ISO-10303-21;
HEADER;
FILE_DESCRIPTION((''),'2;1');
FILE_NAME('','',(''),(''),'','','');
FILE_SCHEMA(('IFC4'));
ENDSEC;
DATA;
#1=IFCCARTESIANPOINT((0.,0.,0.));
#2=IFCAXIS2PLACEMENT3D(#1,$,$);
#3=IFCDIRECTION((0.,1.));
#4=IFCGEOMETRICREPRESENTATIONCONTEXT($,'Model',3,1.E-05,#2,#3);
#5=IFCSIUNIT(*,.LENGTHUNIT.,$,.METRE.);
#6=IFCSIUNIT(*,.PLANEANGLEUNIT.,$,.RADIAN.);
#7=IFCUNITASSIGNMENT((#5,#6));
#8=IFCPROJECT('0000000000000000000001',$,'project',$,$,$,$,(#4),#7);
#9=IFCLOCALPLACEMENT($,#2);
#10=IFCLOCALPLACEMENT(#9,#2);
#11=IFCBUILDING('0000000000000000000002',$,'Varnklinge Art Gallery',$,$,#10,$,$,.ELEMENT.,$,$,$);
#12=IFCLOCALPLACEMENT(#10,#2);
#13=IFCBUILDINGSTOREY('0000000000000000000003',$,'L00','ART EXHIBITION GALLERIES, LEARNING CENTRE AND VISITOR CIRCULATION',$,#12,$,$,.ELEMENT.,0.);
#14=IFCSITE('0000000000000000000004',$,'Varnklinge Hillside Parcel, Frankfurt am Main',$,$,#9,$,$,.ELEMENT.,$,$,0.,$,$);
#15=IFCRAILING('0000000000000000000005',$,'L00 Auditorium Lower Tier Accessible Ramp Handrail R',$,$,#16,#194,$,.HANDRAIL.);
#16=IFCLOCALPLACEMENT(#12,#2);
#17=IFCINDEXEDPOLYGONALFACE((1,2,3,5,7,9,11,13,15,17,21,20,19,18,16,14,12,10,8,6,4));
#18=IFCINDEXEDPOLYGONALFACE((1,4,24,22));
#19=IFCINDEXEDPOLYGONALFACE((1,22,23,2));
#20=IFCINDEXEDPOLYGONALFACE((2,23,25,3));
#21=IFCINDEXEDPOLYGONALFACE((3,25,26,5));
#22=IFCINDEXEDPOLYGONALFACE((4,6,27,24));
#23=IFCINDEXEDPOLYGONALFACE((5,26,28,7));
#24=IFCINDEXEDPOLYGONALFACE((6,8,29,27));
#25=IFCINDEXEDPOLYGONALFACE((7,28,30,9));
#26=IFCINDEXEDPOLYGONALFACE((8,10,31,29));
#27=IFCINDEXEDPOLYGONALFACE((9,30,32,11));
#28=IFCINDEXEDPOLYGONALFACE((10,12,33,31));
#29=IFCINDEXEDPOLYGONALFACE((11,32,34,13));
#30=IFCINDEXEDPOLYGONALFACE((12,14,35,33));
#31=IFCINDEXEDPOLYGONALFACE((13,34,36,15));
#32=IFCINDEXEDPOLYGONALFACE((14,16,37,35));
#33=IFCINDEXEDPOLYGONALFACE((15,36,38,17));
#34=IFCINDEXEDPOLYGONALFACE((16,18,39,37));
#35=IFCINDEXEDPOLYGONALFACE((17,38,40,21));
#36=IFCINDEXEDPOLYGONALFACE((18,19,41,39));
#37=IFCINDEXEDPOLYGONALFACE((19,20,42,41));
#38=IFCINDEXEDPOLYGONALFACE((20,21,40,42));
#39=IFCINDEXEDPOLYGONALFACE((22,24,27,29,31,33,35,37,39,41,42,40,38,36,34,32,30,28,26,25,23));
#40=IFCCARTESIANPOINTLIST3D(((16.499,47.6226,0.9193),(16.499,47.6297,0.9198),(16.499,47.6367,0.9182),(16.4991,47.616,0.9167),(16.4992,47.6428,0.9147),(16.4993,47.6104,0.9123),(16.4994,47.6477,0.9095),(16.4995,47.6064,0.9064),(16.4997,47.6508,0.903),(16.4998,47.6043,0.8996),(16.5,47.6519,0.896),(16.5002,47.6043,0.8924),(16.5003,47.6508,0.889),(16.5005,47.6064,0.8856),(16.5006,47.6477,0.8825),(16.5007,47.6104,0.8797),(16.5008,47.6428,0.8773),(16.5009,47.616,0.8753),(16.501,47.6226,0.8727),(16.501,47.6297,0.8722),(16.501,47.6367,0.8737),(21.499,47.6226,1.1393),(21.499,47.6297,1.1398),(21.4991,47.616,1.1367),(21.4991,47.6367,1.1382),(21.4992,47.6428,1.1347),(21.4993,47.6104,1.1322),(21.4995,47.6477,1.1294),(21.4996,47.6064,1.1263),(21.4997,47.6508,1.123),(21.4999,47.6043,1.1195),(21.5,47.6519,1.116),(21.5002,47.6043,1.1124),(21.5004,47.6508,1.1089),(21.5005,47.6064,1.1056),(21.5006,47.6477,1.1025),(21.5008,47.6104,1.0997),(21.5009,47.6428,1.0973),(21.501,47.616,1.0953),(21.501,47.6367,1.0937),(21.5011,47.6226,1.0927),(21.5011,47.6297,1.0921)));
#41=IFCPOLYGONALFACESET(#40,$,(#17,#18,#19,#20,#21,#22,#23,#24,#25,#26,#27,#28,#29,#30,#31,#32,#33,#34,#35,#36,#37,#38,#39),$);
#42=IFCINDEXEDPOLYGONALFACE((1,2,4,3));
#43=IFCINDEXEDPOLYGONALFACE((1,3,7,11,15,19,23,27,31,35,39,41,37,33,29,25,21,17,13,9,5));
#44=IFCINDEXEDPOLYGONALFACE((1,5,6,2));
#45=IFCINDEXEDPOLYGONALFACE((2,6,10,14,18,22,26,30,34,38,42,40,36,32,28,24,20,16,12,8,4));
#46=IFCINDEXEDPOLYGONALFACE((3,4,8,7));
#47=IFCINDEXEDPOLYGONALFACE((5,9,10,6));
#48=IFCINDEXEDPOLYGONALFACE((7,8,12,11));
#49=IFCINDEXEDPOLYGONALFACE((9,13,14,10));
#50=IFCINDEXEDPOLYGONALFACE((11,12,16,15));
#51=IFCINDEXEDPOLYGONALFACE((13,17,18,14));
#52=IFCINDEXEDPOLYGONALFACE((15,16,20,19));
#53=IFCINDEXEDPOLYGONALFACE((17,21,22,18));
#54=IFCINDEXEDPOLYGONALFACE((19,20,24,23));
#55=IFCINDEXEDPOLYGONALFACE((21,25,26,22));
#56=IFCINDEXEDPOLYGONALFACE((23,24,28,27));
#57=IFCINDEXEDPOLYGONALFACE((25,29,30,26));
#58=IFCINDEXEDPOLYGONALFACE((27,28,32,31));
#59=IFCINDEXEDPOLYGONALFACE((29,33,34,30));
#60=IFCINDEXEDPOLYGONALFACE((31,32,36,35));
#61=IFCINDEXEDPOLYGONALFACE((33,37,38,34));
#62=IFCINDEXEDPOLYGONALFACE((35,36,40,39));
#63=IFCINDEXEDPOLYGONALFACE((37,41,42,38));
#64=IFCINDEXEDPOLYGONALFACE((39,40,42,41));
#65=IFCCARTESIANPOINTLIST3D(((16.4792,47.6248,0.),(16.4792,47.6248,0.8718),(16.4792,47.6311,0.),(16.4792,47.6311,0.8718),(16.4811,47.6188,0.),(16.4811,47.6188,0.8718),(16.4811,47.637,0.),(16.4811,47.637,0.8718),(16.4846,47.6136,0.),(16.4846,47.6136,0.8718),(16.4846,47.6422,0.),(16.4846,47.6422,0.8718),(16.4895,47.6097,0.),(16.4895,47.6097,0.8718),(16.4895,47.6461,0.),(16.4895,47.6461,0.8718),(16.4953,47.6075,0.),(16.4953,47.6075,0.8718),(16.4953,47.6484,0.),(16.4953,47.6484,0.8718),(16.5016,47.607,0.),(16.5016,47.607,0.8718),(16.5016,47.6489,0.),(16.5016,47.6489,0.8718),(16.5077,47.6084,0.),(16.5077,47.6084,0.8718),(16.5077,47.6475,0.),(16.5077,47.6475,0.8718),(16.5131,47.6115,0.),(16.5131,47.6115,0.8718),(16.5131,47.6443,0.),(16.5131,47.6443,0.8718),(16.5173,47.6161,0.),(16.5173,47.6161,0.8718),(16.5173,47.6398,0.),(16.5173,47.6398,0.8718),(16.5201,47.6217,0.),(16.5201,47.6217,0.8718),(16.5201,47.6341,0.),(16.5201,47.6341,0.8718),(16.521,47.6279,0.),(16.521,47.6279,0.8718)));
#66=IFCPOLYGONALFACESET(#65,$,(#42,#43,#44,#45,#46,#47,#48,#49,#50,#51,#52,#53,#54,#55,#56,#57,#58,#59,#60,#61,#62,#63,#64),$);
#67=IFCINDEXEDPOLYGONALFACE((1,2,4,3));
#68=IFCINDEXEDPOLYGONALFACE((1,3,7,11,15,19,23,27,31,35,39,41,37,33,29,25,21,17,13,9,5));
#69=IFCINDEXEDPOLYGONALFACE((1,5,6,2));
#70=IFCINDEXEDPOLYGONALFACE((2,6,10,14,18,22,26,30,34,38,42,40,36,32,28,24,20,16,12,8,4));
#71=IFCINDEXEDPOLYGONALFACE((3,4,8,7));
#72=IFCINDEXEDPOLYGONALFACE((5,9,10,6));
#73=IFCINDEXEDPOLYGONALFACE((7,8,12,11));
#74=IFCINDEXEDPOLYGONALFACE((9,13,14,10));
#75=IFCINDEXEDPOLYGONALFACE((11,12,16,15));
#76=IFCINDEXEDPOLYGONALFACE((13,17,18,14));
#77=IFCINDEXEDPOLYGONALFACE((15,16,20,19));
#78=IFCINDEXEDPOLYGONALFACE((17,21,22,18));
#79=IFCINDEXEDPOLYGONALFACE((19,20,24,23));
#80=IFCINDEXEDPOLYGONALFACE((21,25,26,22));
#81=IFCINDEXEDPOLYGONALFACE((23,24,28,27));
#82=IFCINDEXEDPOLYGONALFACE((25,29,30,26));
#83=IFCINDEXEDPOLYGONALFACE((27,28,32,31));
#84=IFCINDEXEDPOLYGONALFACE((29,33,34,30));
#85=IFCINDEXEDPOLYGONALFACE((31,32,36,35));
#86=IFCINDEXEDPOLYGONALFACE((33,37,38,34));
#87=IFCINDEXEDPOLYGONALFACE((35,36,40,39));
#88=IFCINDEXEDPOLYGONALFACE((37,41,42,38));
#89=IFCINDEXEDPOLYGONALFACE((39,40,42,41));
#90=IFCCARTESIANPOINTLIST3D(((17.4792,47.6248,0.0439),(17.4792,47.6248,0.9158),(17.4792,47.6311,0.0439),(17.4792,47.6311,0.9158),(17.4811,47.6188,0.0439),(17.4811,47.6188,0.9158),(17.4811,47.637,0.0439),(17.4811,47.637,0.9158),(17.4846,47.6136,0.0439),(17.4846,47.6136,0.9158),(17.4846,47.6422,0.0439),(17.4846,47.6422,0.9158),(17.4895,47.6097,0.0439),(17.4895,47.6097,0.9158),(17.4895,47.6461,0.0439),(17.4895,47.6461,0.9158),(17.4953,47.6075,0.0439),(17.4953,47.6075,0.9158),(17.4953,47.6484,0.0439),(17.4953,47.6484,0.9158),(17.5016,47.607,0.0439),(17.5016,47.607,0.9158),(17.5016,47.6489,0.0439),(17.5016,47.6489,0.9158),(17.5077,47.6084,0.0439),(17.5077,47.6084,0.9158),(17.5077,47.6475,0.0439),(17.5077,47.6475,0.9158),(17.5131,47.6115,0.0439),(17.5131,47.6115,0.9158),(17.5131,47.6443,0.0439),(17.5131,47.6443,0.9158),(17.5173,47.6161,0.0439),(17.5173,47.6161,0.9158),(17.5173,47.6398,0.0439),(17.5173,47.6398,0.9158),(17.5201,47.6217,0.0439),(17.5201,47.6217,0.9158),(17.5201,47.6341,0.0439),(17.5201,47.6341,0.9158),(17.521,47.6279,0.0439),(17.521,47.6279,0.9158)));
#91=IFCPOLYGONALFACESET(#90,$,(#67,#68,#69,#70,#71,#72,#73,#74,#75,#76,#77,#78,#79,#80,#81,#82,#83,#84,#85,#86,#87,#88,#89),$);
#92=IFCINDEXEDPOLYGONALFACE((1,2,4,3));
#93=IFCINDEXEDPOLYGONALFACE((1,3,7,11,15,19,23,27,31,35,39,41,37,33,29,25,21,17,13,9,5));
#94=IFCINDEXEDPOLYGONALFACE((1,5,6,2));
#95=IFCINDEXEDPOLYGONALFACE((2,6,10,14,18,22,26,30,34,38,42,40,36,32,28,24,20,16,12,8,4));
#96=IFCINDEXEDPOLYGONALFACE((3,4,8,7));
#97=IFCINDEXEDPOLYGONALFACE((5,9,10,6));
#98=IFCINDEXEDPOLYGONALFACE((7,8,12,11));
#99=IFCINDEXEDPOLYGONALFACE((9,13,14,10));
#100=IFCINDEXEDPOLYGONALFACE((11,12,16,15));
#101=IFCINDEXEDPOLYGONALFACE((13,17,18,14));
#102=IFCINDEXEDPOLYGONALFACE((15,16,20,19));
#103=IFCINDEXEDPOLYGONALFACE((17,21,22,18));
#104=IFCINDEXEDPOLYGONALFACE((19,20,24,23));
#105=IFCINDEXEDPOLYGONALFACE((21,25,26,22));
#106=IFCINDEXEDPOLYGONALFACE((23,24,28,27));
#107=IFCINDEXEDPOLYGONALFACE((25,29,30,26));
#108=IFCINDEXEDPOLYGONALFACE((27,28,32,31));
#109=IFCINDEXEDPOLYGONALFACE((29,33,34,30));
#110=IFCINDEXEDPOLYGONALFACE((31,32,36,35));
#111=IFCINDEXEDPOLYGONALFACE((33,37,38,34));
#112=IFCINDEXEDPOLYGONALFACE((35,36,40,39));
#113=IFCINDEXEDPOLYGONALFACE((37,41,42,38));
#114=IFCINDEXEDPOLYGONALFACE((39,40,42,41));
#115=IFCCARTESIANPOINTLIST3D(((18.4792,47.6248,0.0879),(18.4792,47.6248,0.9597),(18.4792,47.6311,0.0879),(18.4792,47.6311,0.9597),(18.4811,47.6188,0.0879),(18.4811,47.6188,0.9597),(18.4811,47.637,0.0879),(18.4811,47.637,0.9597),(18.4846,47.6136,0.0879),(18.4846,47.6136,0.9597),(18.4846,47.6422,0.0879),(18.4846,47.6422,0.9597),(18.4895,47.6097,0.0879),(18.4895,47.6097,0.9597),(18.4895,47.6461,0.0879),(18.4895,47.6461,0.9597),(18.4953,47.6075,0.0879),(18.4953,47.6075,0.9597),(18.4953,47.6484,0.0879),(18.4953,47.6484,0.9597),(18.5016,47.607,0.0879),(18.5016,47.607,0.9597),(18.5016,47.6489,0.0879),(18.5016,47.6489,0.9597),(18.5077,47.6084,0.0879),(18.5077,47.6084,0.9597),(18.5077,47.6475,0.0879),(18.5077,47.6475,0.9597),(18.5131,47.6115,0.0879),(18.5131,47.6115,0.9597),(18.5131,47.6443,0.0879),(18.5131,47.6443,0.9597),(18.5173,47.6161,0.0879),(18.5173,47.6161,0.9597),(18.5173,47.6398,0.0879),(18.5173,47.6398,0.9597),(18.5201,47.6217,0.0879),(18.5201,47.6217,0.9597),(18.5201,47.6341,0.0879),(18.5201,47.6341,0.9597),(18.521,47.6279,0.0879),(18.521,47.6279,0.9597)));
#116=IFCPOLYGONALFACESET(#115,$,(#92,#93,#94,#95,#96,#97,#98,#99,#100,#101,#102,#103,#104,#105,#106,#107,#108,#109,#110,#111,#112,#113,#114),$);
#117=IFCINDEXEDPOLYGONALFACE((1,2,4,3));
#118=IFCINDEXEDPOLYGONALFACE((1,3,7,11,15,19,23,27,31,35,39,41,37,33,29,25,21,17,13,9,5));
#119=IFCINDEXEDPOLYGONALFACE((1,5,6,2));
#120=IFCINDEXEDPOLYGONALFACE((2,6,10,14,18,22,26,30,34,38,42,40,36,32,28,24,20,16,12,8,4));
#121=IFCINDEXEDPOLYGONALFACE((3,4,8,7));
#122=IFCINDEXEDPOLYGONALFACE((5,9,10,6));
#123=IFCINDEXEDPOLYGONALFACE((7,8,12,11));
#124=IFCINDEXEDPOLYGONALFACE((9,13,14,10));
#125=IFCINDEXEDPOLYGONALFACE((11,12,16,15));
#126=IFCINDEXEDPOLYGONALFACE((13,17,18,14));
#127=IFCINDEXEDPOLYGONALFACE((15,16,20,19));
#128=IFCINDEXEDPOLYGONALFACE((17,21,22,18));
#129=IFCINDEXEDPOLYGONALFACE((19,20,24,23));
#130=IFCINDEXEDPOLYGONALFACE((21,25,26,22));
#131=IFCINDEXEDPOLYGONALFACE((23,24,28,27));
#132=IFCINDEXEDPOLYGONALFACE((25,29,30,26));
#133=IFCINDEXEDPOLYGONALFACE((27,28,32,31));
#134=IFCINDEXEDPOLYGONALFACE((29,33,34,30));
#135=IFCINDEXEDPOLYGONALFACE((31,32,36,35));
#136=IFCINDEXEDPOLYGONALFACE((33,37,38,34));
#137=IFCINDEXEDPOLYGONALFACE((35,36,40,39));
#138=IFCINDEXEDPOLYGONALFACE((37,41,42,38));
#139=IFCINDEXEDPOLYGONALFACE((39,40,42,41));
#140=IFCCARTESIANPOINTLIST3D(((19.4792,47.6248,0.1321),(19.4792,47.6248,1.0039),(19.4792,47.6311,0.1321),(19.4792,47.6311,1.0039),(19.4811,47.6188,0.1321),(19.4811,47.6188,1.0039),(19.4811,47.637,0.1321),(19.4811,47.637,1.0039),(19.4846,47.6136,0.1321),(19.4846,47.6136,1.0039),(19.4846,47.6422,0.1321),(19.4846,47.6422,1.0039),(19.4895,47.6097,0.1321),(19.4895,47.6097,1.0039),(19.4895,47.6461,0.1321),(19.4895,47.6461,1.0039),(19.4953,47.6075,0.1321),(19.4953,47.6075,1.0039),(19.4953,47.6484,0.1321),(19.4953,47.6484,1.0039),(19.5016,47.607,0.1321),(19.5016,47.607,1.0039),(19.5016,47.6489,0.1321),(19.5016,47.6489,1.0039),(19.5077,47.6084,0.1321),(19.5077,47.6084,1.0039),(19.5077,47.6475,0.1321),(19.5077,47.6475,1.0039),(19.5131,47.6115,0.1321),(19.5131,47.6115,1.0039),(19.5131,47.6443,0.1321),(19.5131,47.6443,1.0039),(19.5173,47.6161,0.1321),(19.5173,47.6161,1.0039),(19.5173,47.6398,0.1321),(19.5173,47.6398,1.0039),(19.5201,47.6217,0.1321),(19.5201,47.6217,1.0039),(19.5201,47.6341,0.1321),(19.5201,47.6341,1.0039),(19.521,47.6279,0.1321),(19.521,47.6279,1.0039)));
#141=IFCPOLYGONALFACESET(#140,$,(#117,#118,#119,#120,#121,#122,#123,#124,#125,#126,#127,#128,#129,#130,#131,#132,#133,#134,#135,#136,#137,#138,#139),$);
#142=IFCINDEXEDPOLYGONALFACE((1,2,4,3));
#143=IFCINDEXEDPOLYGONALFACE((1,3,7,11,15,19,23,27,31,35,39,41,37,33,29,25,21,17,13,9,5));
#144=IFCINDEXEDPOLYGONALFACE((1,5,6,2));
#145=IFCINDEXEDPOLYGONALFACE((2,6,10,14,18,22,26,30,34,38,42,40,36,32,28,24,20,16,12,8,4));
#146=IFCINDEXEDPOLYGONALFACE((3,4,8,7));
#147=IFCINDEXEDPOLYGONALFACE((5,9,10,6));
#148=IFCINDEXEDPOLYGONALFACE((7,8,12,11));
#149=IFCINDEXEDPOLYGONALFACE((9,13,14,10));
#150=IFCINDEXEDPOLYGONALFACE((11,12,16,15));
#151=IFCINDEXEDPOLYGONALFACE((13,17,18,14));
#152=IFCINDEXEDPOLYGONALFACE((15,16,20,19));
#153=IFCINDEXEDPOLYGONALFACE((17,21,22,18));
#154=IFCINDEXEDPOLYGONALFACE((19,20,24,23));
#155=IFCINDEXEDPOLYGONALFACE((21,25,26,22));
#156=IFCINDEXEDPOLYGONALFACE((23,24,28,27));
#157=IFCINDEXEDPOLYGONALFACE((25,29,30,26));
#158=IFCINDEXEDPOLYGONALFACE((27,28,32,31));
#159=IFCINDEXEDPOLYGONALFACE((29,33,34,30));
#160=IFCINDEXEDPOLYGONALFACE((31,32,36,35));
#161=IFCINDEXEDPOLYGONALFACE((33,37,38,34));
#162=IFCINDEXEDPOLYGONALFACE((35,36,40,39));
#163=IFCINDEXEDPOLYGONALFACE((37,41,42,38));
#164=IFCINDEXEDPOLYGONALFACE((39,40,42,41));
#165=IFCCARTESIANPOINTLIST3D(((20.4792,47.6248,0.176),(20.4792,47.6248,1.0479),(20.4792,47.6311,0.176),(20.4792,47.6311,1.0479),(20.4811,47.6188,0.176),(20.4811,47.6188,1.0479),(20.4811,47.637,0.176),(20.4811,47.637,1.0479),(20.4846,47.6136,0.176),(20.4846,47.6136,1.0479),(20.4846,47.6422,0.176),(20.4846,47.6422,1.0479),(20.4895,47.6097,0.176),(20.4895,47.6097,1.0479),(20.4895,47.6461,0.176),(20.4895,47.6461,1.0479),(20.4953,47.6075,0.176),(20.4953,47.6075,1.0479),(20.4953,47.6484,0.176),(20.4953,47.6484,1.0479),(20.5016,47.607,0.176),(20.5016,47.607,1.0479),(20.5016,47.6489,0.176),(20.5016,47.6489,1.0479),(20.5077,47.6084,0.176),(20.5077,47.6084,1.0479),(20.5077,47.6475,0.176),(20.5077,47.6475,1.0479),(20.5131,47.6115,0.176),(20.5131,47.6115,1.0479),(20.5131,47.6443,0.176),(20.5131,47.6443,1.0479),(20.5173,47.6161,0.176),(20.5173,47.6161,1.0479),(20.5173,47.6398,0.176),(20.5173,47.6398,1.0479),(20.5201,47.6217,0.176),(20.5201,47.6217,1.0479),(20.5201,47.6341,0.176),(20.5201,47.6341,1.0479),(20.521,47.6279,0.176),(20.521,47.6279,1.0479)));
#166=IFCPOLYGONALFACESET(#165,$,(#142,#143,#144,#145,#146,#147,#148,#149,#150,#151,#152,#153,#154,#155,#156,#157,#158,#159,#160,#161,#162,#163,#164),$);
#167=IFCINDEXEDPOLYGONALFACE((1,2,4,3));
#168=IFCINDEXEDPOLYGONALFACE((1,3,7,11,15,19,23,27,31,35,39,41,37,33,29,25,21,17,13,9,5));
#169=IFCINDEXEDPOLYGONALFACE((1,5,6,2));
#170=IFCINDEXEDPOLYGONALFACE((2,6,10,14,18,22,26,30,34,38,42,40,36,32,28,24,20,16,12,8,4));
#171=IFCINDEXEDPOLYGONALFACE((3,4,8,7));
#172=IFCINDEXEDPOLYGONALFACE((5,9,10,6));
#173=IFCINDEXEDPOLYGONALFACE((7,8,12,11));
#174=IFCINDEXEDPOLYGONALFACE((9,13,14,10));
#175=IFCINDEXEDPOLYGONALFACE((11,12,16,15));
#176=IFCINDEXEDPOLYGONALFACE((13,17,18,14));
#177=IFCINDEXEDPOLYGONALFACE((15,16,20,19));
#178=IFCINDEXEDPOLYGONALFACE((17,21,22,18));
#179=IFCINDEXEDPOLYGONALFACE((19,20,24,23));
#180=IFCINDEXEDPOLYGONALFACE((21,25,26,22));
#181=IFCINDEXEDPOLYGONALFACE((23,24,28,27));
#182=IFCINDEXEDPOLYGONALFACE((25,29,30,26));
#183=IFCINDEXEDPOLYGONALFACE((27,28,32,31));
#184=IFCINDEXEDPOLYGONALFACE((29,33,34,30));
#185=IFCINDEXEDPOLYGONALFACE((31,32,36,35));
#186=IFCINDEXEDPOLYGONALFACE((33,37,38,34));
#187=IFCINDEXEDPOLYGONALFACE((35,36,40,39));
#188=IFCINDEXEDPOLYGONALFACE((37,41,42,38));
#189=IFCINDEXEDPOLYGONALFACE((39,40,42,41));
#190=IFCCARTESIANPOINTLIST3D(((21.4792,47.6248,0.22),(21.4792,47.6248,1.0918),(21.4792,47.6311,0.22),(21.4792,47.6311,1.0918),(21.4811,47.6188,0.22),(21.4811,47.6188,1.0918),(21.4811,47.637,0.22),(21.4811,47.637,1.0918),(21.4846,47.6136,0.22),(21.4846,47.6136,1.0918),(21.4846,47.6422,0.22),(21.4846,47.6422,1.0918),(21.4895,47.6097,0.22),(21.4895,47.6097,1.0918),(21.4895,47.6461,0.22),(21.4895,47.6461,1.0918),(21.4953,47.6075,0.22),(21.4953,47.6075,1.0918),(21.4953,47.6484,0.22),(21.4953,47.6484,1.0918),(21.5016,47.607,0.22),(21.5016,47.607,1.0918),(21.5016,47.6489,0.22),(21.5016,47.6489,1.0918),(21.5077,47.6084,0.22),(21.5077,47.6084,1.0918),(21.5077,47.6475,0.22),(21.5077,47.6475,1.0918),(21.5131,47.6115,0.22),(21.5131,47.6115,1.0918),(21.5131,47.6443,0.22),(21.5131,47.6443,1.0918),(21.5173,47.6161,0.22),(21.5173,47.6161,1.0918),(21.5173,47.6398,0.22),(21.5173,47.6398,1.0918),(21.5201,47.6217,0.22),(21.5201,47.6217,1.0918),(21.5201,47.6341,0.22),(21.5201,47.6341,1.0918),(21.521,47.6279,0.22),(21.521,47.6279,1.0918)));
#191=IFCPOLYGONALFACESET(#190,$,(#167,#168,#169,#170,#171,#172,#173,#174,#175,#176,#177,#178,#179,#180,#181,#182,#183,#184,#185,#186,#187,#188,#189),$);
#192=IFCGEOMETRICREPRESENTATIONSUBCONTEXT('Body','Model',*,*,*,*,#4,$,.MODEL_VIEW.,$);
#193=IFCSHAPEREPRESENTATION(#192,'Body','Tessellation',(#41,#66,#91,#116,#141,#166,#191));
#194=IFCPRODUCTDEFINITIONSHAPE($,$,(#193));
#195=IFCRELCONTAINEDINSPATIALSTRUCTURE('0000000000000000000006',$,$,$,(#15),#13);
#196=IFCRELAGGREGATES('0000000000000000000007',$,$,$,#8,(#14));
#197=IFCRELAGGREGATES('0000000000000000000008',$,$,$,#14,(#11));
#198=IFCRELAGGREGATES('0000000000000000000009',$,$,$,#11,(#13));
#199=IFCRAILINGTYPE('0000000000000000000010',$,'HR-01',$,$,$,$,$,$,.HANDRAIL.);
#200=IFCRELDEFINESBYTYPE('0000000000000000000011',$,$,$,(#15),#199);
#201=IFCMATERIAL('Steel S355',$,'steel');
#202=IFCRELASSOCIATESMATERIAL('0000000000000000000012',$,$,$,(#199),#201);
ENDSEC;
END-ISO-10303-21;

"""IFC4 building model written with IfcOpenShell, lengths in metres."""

from ifc_helpers import new_model, si_unit, direction, frame, origin, origin_2d, place, context, subcontext, project, spatial, circle, extrude, material, type_object, element, save


model = new_model("IFC4")

# Units and contexts
model_context = context("Model", 3, precision=1e-05, world=origin(), true_north=direction((0.0, 1.0)))
body_context = subcontext(model_context, "Body", "Model", "MODEL_VIEW")
ifc_project = project(units=[si_unit("LENGTHUNIT", "METRE"), si_unit("PLANEANGLEUNIT", "RADIAN")], contexts=[model_context])

# Site, building, storey
site_placement = place(None, origin())
site = spatial("IfcSite", under=ifc_project, at=site_placement, Name="Varnklinge Hillside Parcel, Frankfurt am Main", CompositionType="ELEMENT", RefElevation=0.0)
building_placement = place(site_placement, origin())
building = spatial("IfcBuilding", under=site, at=building_placement, Name="Varnklinge Art Gallery", CompositionType="ELEMENT")
storey_placement = place(building_placement, origin())
storey = spatial("IfcBuildingStorey", under=building, at=storey_placement, Name="L00", Description="ART EXHIBITION GALLERIES, LEARNING CENTRE AND VISITOR CIRCULATION", CompositionType="ELEMENT", Elevation=0.0)

# Railing
ifc_material_1 = material(Name="Steel S355", Category="steel")
railing_type = type_object("IfcRailingType", Name="HR-01", PredefinedType="HANDRAIL", material=ifc_material_1)
railing_placement = place(storey_placement, frame((16.5, 47.6279, 0.0)))
element("IfcRailing", 1, at=railing_placement, inside=storey, type_object=railing_type, Name="L00 Auditorium Lower Tier Accessible Ramp Handrail R", PredefinedType="HANDRAIL", context=body_context, shape_type="SweptSolid", body=[
    extrude(circle(Radius=0.0239, at=origin_2d()), frame((0.0, 0.0, 0.896), z_axis=(0.999034, 0.0, 0.043952), x_axis=(0.0, 1.0, 0.0)), (0.0, 0.0, 1.0), 5.0049),
    extrude(circle(Radius=0.021, at=origin_2d()), origin(), (0.0, 0.0, 1.0), 0.8718),
    extrude(circle(Radius=0.021, at=origin_2d()), frame((1.0, 0.0, 0.0439)), (0.0, 0.0, 1.0), 0.8718),
    extrude(circle(Radius=0.021, at=origin_2d()), frame((2.0, 0.0, 0.0879)), (0.0, 0.0, 1.0), 0.8718),
    extrude(circle(Radius=0.021, at=origin_2d()), frame((3.0, 0.0, 0.1321)), (0.0, 0.0, 1.0), 0.8718),
    extrude(circle(Radius=0.021, at=origin_2d()), frame((4.0, 0.0, 0.176)), (0.0, 0.0, 1.0), 0.8718),
    extrude(circle(Radius=0.021, at=origin_2d()), frame((5.0, 0.0, 0.22)), (0.0, 0.0, 1.0), 0.8718),
])

save(model, "model.ifc")
